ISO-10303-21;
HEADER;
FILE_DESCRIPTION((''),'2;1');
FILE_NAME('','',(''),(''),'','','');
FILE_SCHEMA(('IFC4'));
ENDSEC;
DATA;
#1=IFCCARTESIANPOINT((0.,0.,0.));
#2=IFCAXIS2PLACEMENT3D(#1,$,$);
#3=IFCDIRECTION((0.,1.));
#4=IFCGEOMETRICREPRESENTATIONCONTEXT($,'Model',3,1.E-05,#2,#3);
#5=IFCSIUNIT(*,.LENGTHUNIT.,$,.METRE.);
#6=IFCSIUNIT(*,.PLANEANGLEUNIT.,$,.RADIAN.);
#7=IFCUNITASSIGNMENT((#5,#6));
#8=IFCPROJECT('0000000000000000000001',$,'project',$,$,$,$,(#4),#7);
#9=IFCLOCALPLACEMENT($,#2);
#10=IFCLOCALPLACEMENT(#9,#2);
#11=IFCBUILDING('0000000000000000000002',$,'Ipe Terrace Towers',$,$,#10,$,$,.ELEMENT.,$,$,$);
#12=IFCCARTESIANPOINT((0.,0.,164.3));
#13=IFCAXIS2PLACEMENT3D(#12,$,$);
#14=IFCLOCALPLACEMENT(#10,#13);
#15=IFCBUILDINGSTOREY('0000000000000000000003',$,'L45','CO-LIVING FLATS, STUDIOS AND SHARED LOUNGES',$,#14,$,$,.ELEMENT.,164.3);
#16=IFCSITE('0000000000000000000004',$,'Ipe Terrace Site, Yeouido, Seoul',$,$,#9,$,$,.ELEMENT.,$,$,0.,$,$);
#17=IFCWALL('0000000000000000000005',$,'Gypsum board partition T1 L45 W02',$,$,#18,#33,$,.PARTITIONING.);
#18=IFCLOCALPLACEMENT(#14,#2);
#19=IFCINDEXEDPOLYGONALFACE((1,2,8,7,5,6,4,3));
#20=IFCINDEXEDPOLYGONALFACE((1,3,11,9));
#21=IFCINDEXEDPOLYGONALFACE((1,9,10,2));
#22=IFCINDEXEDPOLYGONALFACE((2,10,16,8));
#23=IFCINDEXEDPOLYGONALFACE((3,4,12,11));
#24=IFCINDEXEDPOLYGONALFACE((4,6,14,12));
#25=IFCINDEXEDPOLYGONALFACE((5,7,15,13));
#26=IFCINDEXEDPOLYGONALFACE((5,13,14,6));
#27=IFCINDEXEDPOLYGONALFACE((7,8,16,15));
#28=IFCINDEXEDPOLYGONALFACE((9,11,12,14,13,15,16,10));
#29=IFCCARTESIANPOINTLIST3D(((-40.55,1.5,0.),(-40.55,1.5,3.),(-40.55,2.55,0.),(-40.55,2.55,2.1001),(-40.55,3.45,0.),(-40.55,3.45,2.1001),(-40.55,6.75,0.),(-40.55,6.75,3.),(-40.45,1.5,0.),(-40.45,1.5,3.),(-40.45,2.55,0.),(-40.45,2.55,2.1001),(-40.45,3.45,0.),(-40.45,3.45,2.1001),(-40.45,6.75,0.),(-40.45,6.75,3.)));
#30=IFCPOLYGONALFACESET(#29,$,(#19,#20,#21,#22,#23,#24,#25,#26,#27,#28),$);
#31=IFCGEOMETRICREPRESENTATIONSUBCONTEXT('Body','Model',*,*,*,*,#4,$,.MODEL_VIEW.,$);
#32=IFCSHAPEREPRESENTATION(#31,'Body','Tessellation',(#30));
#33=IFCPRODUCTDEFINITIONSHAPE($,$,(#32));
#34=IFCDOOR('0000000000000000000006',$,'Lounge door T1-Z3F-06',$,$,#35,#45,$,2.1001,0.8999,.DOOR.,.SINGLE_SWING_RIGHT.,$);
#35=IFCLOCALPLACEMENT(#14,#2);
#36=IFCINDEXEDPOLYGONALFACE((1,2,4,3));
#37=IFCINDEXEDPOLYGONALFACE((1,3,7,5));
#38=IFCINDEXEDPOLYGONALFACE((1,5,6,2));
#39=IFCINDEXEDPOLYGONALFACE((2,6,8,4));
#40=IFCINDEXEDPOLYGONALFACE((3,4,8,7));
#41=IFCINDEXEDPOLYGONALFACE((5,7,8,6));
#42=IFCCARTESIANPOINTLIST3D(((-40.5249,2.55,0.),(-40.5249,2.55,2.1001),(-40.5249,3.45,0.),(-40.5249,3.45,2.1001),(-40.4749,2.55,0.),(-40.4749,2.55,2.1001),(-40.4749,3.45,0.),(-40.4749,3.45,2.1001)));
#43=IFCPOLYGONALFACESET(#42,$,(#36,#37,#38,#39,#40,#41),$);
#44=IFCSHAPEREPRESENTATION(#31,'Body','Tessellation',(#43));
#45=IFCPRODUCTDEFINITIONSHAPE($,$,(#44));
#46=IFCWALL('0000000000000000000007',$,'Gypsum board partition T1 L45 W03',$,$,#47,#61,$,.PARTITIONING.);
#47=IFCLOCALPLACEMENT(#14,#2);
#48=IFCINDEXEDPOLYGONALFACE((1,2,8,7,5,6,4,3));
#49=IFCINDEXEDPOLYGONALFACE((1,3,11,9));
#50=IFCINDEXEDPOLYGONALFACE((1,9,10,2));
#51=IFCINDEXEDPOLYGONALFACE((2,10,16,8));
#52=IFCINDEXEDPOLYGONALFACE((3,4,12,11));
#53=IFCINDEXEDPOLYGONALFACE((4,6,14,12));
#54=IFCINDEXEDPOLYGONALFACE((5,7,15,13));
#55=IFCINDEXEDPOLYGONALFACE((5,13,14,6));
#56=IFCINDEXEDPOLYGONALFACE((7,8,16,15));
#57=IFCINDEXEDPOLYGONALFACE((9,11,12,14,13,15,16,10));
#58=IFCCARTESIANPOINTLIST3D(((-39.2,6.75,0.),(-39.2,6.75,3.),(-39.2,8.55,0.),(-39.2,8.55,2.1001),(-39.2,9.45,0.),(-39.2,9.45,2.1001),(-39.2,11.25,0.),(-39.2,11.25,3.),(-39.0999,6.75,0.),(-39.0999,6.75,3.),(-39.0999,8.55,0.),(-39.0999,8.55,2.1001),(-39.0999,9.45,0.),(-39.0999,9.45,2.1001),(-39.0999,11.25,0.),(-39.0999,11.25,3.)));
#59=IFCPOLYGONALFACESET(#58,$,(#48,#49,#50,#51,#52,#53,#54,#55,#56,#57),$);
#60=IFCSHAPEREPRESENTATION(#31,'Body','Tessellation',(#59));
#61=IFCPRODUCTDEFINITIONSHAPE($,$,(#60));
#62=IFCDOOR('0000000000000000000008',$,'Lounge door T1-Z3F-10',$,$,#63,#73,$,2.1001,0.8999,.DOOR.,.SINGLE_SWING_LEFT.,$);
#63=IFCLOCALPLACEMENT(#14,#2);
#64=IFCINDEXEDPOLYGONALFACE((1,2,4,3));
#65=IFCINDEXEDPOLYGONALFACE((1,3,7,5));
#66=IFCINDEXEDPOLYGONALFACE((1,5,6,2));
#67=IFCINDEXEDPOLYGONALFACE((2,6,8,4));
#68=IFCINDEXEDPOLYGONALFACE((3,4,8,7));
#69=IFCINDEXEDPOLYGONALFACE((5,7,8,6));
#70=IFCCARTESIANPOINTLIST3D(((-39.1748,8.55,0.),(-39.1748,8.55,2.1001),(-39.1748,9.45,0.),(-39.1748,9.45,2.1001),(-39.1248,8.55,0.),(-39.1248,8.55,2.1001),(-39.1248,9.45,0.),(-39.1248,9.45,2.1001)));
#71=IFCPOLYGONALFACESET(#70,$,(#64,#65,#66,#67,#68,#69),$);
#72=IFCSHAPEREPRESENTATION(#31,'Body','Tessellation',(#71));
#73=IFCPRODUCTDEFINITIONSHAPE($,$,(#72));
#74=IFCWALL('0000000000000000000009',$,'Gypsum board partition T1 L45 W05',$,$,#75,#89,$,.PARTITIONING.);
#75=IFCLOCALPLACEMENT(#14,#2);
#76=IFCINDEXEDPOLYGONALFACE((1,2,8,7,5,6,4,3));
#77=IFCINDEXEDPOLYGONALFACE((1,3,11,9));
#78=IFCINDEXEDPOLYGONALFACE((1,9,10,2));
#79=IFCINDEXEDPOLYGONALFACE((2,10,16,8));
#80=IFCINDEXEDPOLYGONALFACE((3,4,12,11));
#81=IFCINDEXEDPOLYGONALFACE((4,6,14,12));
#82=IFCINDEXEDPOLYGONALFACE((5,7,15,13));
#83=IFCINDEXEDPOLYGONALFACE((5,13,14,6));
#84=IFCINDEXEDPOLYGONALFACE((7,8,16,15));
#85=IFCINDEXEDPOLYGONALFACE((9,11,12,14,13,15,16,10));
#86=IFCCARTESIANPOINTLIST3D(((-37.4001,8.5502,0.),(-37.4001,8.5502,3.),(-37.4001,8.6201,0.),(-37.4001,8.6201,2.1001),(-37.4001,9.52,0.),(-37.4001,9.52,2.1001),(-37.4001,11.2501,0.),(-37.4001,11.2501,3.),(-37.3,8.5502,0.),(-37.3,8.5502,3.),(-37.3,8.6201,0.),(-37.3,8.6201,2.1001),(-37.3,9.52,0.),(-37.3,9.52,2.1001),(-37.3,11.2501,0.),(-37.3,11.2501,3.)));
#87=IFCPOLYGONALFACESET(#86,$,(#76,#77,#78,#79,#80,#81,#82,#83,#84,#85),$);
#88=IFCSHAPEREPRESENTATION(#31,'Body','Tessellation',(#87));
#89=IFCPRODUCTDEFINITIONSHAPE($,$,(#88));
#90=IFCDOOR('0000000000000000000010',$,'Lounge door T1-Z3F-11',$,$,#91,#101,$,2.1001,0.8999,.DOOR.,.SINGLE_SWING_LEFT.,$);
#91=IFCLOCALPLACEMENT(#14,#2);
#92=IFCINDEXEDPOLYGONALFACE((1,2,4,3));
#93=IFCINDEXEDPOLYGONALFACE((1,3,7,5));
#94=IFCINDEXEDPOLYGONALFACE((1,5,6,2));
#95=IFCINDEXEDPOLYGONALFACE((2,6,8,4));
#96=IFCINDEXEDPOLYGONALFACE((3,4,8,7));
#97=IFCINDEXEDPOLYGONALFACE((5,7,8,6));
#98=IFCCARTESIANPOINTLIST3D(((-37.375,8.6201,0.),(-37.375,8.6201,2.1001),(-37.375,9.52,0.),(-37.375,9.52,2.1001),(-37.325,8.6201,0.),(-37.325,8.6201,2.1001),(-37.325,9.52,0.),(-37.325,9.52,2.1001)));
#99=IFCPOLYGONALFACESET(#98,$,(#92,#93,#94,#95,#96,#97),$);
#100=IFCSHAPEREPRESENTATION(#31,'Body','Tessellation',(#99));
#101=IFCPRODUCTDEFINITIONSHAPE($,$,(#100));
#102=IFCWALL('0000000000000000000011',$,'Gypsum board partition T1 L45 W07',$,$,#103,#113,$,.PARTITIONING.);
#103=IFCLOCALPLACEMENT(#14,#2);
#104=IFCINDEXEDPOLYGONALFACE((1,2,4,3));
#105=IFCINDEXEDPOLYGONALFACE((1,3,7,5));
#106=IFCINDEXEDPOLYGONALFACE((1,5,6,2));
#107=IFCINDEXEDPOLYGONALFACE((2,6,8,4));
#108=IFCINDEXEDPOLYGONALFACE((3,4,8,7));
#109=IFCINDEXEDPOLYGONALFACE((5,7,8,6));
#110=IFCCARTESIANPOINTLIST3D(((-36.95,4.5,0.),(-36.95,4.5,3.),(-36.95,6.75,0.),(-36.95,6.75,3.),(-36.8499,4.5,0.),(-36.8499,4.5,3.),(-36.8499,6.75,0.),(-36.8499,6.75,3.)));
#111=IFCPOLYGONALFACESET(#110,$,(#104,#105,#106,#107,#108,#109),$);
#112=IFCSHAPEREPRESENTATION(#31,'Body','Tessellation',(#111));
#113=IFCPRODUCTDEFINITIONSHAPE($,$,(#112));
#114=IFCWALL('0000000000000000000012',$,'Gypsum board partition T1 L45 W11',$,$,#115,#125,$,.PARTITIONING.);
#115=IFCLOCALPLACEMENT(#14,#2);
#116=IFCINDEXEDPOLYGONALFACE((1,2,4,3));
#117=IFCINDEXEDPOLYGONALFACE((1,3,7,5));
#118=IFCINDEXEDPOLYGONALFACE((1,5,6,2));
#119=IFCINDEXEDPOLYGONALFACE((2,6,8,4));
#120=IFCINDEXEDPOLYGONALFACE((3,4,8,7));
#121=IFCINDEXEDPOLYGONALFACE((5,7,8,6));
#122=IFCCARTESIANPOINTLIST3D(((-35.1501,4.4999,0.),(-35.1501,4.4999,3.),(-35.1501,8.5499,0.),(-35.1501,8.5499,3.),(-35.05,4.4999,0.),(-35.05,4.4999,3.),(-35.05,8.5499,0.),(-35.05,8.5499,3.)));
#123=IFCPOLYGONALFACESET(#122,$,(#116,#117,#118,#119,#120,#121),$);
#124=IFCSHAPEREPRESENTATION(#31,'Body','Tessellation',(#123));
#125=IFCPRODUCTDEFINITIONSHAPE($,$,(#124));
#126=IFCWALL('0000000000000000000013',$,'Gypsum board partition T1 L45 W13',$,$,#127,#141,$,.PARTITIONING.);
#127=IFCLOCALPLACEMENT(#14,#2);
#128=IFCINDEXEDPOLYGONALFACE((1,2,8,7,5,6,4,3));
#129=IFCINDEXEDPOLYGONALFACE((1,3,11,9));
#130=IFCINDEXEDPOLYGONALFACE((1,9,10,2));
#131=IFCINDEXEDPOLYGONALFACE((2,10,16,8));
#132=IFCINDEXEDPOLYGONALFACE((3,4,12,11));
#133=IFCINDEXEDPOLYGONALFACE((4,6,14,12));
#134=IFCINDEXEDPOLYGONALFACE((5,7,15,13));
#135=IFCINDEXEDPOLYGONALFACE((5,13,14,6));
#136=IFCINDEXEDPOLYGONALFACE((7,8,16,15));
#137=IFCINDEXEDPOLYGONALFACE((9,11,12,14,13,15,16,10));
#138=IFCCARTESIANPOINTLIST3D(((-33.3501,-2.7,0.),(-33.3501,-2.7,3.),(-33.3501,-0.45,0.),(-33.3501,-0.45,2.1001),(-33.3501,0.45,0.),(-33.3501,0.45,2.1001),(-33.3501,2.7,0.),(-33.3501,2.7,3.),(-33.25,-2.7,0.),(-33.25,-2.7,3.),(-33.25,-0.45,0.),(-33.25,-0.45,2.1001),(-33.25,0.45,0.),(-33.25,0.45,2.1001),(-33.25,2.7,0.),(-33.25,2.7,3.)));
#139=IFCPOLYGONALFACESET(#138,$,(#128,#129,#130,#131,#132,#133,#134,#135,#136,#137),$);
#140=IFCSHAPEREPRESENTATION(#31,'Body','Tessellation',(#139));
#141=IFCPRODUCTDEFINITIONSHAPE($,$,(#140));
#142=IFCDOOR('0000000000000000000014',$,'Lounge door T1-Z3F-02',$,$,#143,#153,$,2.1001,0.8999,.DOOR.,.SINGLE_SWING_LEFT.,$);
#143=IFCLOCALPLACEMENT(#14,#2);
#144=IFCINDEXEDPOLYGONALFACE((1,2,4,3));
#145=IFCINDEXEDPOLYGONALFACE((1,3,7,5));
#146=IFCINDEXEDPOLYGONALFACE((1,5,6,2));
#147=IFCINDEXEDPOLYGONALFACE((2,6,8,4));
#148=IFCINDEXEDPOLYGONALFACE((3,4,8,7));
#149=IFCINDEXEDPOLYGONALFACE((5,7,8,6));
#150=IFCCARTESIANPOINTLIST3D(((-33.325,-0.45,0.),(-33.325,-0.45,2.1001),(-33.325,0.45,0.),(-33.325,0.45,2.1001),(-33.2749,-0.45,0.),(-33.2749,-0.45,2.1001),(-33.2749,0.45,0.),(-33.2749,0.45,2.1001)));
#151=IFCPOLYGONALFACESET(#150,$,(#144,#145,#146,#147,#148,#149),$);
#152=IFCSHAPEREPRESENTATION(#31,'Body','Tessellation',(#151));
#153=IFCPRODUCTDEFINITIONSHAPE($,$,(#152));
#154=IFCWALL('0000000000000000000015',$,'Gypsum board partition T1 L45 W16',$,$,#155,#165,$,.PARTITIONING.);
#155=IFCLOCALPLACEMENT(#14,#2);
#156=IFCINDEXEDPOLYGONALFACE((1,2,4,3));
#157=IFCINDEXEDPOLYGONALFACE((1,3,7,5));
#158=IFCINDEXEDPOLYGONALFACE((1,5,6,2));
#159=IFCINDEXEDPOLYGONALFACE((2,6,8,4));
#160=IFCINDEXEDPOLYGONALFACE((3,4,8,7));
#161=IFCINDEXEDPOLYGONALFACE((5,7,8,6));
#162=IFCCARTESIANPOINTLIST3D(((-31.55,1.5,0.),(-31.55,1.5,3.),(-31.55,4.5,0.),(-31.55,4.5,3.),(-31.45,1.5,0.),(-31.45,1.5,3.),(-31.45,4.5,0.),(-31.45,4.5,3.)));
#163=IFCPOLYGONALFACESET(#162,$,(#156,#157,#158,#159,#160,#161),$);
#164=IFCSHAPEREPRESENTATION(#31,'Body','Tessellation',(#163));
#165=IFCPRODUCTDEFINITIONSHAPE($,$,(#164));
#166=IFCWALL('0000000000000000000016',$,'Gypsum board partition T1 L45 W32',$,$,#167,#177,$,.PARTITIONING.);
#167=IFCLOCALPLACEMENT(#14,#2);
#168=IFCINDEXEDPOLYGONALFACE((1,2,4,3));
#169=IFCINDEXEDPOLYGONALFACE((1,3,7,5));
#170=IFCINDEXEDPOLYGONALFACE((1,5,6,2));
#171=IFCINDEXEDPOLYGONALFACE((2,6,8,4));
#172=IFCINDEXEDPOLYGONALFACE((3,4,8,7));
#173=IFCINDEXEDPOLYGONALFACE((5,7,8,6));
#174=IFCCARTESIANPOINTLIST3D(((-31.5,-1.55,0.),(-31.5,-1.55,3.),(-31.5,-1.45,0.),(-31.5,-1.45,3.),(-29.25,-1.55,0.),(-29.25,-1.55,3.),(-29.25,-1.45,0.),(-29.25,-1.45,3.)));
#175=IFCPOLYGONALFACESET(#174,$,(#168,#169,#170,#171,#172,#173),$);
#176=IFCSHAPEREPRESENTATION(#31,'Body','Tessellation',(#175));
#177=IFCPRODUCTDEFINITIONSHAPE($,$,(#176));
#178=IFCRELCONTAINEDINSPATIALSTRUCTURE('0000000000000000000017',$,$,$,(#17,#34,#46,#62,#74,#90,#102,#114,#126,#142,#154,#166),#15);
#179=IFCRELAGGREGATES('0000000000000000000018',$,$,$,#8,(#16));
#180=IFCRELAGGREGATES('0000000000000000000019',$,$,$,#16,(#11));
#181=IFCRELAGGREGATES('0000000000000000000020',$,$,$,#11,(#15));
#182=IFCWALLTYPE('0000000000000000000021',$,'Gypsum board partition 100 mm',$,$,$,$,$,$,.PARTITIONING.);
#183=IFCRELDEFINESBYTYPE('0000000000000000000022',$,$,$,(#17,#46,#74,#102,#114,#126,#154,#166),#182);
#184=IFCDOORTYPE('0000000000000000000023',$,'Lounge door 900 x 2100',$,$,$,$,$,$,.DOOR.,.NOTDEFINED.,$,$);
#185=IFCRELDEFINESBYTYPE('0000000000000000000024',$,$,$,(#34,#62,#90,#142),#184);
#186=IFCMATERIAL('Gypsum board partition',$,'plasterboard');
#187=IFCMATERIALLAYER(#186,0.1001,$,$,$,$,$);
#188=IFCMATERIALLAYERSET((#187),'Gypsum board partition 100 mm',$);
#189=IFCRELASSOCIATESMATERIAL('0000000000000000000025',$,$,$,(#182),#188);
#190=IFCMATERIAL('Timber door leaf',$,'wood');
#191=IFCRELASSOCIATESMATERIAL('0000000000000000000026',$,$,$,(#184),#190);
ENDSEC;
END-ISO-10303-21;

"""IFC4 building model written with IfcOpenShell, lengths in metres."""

from ifc_helpers import new_model, si_unit, direction, frame, frame_2d, origin, place, context, subcontext, project, spatial, rectangle, extrude, material, layer, layer_set, type_object, element, fill, save


model = new_model("IFC4")

# Units and contexts
model_context = context("Model", 3, precision=1e-05, world=origin(), true_north=direction((0.0, 1.0)))
body_context = subcontext(model_context, "Body", "Model", "MODEL_VIEW")
ifc_project = project(units=[si_unit("LENGTHUNIT", "METRE"), si_unit("PLANEANGLEUNIT", "RADIAN")], contexts=[model_context])

# Site, building, storey
site_placement = place(None, origin())
site = spatial("IfcSite", under=ifc_project, at=site_placement, Name="Ipe Terrace Site, Yeouido, Seoul", CompositionType="ELEMENT", RefElevation=0.0)
building_placement = place(site_placement, origin())
building = spatial("IfcBuilding", under=site, at=building_placement, Name="Ipe Terrace Towers", CompositionType="ELEMENT")
storey_placement = place(building_placement, frame((0.0, 0.0, 164.3)))
storey = spatial("IfcBuildingStorey", under=building, at=storey_placement, Name="L45", Description="CO-LIVING FLATS, STUDIOS AND SHARED LOUNGES", CompositionType="ELEMENT", Elevation=164.3)

# Walls, openings, doors
ifc_material_1 = material(Name="Gypsum board partition", Category="plasterboard")
ifc_layer = layer(ifc_material_1, 0.1001)
ifc_layer_set = layer_set([ifc_layer], Name="Gypsum board partition 100 mm")
wall_type = type_object("IfcWallType", Name="Gypsum board partition 100 mm", PredefinedType="PARTITIONING", material=ifc_layer_set)
wall_1_placement = place(storey_placement, frame((-40.5, 1.5, 0.0), z_axis=(0.0, 0.0, 1.0), x_axis=(0.0, 1.0, 0.0)))
wall_1 = element("IfcWall", 1, at=wall_1_placement, inside=storey, type_object=wall_type, Name="Gypsum board partition T1 L45 W02", PredefinedType="PARTITIONING", context=body_context, shape_type="SweptSolid", body=[
    extrude(rectangle(XDim=5.25, YDim=0.1001, at=frame_2d((2.625, 0.0))), origin(), (0.0, 0.0, 1.0), 3.0),
])
opening_1_placement = place(wall_1_placement, frame((1.05, 0.0, 0.0)))
opening_1 = element("IfcOpeningElement", 2, at=opening_1_placement, cuts=wall_1, PredefinedType="OPENING", context=body_context, shape_type="SweptSolid", body=[
    extrude(rectangle(XDim=0.8999, YDim=2.1001, at=frame_2d((0.45, 1.05))), frame((0.0, 0.0601, 0.0), z_axis=(0.0, -1.0, 0.0), x_axis=(1.0, 0.0, 0.0)), (0.0, 0.0, 1.0), 0.1201),
])
ifc_material_2 = material(Name="Timber door leaf", Category="wood")
door_type_1 = type_object("IfcDoorType", Name="Lounge door 900 x 2100", OperationType="NOTDEFINED", PredefinedType="DOOR", material=ifc_material_2)
door_1_placement = place(opening_1_placement, origin())
door_1 = element("IfcDoor", 3, at=door_1_placement, inside=storey, type_object=door_type_1, Name="Lounge door T1-Z3F-06", OperationType="SINGLE_SWING_RIGHT", OverallHeight=2.1001, OverallWidth=0.8999, PredefinedType="DOOR", context=body_context, shape_type="SweptSolid", body=[
    extrude(rectangle(XDim=0.8999, YDim=2.1001, at=frame_2d((0.45, 1.05))), frame((0.0, 0.0249, 0.0), z_axis=(0.0, -1.0, 0.0), x_axis=(1.0, 0.0, 0.0)), (0.0, 0.0, 1.0), 0.05),
])
fill(opening_1, door_1)
wall_2_placement = place(storey_placement, frame((-39.1499, 6.75, 0.0), z_axis=(0.0, 0.0, 1.0), x_axis=(0.0, 1.0, 0.0)))
wall_2 = element("IfcWall", 4, at=wall_2_placement, inside=storey, type_object=wall_type, Name="Gypsum board partition T1 L45 W03", PredefinedType="PARTITIONING", context=body_context, shape_type="SweptSolid", body=[
    extrude(rectangle(XDim=4.5, YDim=0.1001, at=frame_2d((2.25, 0.0))), origin(), (0.0, 0.0, 1.0), 3.0),
])
opening_2_placement = place(wall_2_placement, frame((1.8, 0.0, 0.0)))
opening_2 = element("IfcOpeningElement", 5, at=opening_2_placement, cuts=wall_2, PredefinedType="OPENING", context=body_context, shape_type="SweptSolid", body=[
    extrude(rectangle(XDim=0.8999, YDim=2.1001, at=frame_2d((0.45, 1.05))), frame((0.0, 0.0601, 0.0), z_axis=(0.0, -1.0, 0.0), x_axis=(1.0, 0.0, 0.0)), (0.0, 0.0, 1.0), 0.1201),
])
door_2_placement = place(opening_2_placement, origin())
door_2 = element("IfcDoor", 6, at=door_2_placement, inside=storey, type_object=door_type_1, Name="Lounge door T1-Z3F-10", OperationType="SINGLE_SWING_LEFT", OverallHeight=2.1001, OverallWidth=0.8999, PredefinedType="DOOR", context=body_context, shape_type="SweptSolid", body=[
    extrude(rectangle(XDim=0.8999, YDim=2.1001, at=frame_2d((0.45, 1.05))), frame((0.0, 0.0249, 0.0), z_axis=(0.0, -1.0, 0.0), x_axis=(1.0, 0.0, 0.0)), (0.0, 0.0, 1.0), 0.05),
])
fill(opening_2, door_2)
wall_3_placement = place(storey_placement, frame((-37.3501, 8.55, 0.0), z_axis=(0.0, 0.0, 1.0), x_axis=(0.0, 1.0, 0.0)))
wall_3 = element("IfcWall", 7, at=wall_3_placement, inside=storey, type_object=wall_type, Name="Gypsum board partition T1 L45 W05", PredefinedType="PARTITIONING", context=body_context, shape_type="SweptSolid", body=[
    extrude(rectangle(XDim=2.7, YDim=0.1001, at=frame_2d((1.3501, 0.0))), origin(), (0.0, 0.0, 1.0), 3.0),
])
opening_3_placement = place(wall_3_placement, frame((0.0701, 0.0, 0.0)))
opening_3 = element("IfcOpeningElement", 8, at=opening_3_placement, cuts=wall_3, PredefinedType="OPENING", context=body_context, shape_type="SweptSolid", body=[
    extrude(rectangle(XDim=0.8999, YDim=2.1001, at=frame_2d((0.45, 1.05))), frame((0.0, 0.0601, 0.0), z_axis=(0.0, -1.0, 0.0), x_axis=(1.0, 0.0, 0.0)), (0.0, 0.0, 1.0), 0.1201),
])
door_3_placement = place(opening_3_placement, origin())
door_3 = element("IfcDoor", 9, at=door_3_placement, inside=storey, type_object=door_type_1, Name="Lounge door T1-Z3F-11", OperationType="SINGLE_SWING_LEFT", OverallHeight=2.1001, OverallWidth=0.8999, PredefinedType="DOOR", context=body_context, shape_type="SweptSolid", body=[
    extrude(rectangle(XDim=0.8999, YDim=2.1001, at=frame_2d((0.45, 1.05))), frame((0.0, 0.0249, 0.0), z_axis=(0.0, -1.0, 0.0), x_axis=(1.0, 0.0, 0.0)), (0.0, 0.0, 1.0), 0.05),
])
fill(opening_3, door_3)

# Walls
wall_4_placement = place(storey_placement, frame((-36.8999, 4.5, 0.0), z_axis=(0.0, 0.0, 1.0), x_axis=(0.0, 1.0, 0.0)))
element("IfcWall", 10, at=wall_4_placement, inside=storey, type_object=wall_type, Name="Gypsum board partition T1 L45 W07", PredefinedType="PARTITIONING", context=body_context, shape_type="SweptSolid", body=[
    extrude(rectangle(XDim=2.25, YDim=0.1001, at=frame_2d((1.125, 0.0))), origin(), (0.0, 0.0, 1.0), 3.0),
])
wall_5_placement = place(storey_placement, frame((-35.1001, 4.5, 0.0), z_axis=(0.0, 0.0, 1.0), x_axis=(0.0, 1.0, 0.0)))
element("IfcWall", 11, at=wall_5_placement, inside=storey, type_object=wall_type, Name="Gypsum board partition T1 L45 W11", PredefinedType="PARTITIONING", context=body_context, shape_type="SweptSolid", body=[
    extrude(rectangle(XDim=4.05, YDim=0.1001, at=frame_2d((2.0249, 0.0))), origin(), (0.0, 0.0, 1.0), 3.0),
])

# Wall, opening, door
wall_6_placement = place(storey_placement, frame((-33.3, -2.7, 0.0), z_axis=(0.0, 0.0, 1.0), x_axis=(0.0, 1.0, 0.0)))
wall_6 = element("IfcWall", 12, at=wall_6_placement, inside=storey, type_object=wall_type, Name="Gypsum board partition T1 L45 W13", PredefinedType="PARTITIONING", context=body_context, shape_type="SweptSolid", body=[
    extrude(rectangle(XDim=5.3999, YDim=0.1001, at=frame_2d((2.7, 0.0))), origin(), (0.0, 0.0, 1.0), 3.0),
])
opening_4_placement = place(wall_6_placement, frame((2.25, 0.0, 0.0)))
opening_4 = element("IfcOpeningElement", 13, at=opening_4_placement, cuts=wall_6, PredefinedType="OPENING", context=body_context, shape_type="SweptSolid", body=[
    extrude(rectangle(XDim=0.8999, YDim=2.1001, at=frame_2d((0.45, 1.05))), frame((0.0, 0.0601, 0.0), z_axis=(0.0, -1.0, 0.0), x_axis=(1.0, 0.0, 0.0)), (0.0, 0.0, 1.0), 0.1201),
])
door_4_placement = place(opening_4_placement, origin())
door_4 = element("IfcDoor", 14, at=door_4_placement, inside=storey, type_object=door_type_1, Name="Lounge door T1-Z3F-02", OperationType="SINGLE_SWING_LEFT", OverallHeight=2.1001, OverallWidth=0.8999, PredefinedType="DOOR", context=body_context, shape_type="SweptSolid", body=[
    extrude(rectangle(XDim=0.8999, YDim=2.1001, at=frame_2d((0.45, 1.05))), frame((0.0, 0.0249, 0.0), z_axis=(0.0, -1.0, 0.0), x_axis=(1.0, 0.0, 0.0)), (0.0, 0.0, 1.0), 0.05),
])
fill(opening_4, door_4)

# Walls
wall_7_placement = place(storey_placement, frame((-31.5, 1.5, 0.0), z_axis=(0.0, 0.0, 1.0), x_axis=(0.0, 1.0, 0.0)))
element("IfcWall", 15, at=wall_7_placement, inside=storey, type_object=wall_type, Name="Gypsum board partition T1 L45 W16", PredefinedType="PARTITIONING", context=body_context, shape_type="SweptSolid", body=[
    extrude(rectangle(XDim=3.0, YDim=0.1001, at=frame_2d((1.5, 0.0))), origin(), (0.0, 0.0, 1.0), 3.0),
])
wall_8_placement = place(storey_placement, frame((-31.5, -1.5, 0.0), z_axis=(0.0, 0.0, 1.0), x_axis=(1.0, 0.0, 0.0)))
element("IfcWall", 16, at=wall_8_placement, inside=storey, type_object=wall_type, Name="Gypsum board partition T1 L45 W32", PredefinedType="PARTITIONING", context=body_context, shape_type="SweptSolid", body=[
    extrude(rectangle(XDim=2.25, YDim=0.1001, at=frame_2d((1.125, 0.0))), origin(), (0.0, 0.0, 1.0), 3.0),
])

save(model, "model.ifc")
